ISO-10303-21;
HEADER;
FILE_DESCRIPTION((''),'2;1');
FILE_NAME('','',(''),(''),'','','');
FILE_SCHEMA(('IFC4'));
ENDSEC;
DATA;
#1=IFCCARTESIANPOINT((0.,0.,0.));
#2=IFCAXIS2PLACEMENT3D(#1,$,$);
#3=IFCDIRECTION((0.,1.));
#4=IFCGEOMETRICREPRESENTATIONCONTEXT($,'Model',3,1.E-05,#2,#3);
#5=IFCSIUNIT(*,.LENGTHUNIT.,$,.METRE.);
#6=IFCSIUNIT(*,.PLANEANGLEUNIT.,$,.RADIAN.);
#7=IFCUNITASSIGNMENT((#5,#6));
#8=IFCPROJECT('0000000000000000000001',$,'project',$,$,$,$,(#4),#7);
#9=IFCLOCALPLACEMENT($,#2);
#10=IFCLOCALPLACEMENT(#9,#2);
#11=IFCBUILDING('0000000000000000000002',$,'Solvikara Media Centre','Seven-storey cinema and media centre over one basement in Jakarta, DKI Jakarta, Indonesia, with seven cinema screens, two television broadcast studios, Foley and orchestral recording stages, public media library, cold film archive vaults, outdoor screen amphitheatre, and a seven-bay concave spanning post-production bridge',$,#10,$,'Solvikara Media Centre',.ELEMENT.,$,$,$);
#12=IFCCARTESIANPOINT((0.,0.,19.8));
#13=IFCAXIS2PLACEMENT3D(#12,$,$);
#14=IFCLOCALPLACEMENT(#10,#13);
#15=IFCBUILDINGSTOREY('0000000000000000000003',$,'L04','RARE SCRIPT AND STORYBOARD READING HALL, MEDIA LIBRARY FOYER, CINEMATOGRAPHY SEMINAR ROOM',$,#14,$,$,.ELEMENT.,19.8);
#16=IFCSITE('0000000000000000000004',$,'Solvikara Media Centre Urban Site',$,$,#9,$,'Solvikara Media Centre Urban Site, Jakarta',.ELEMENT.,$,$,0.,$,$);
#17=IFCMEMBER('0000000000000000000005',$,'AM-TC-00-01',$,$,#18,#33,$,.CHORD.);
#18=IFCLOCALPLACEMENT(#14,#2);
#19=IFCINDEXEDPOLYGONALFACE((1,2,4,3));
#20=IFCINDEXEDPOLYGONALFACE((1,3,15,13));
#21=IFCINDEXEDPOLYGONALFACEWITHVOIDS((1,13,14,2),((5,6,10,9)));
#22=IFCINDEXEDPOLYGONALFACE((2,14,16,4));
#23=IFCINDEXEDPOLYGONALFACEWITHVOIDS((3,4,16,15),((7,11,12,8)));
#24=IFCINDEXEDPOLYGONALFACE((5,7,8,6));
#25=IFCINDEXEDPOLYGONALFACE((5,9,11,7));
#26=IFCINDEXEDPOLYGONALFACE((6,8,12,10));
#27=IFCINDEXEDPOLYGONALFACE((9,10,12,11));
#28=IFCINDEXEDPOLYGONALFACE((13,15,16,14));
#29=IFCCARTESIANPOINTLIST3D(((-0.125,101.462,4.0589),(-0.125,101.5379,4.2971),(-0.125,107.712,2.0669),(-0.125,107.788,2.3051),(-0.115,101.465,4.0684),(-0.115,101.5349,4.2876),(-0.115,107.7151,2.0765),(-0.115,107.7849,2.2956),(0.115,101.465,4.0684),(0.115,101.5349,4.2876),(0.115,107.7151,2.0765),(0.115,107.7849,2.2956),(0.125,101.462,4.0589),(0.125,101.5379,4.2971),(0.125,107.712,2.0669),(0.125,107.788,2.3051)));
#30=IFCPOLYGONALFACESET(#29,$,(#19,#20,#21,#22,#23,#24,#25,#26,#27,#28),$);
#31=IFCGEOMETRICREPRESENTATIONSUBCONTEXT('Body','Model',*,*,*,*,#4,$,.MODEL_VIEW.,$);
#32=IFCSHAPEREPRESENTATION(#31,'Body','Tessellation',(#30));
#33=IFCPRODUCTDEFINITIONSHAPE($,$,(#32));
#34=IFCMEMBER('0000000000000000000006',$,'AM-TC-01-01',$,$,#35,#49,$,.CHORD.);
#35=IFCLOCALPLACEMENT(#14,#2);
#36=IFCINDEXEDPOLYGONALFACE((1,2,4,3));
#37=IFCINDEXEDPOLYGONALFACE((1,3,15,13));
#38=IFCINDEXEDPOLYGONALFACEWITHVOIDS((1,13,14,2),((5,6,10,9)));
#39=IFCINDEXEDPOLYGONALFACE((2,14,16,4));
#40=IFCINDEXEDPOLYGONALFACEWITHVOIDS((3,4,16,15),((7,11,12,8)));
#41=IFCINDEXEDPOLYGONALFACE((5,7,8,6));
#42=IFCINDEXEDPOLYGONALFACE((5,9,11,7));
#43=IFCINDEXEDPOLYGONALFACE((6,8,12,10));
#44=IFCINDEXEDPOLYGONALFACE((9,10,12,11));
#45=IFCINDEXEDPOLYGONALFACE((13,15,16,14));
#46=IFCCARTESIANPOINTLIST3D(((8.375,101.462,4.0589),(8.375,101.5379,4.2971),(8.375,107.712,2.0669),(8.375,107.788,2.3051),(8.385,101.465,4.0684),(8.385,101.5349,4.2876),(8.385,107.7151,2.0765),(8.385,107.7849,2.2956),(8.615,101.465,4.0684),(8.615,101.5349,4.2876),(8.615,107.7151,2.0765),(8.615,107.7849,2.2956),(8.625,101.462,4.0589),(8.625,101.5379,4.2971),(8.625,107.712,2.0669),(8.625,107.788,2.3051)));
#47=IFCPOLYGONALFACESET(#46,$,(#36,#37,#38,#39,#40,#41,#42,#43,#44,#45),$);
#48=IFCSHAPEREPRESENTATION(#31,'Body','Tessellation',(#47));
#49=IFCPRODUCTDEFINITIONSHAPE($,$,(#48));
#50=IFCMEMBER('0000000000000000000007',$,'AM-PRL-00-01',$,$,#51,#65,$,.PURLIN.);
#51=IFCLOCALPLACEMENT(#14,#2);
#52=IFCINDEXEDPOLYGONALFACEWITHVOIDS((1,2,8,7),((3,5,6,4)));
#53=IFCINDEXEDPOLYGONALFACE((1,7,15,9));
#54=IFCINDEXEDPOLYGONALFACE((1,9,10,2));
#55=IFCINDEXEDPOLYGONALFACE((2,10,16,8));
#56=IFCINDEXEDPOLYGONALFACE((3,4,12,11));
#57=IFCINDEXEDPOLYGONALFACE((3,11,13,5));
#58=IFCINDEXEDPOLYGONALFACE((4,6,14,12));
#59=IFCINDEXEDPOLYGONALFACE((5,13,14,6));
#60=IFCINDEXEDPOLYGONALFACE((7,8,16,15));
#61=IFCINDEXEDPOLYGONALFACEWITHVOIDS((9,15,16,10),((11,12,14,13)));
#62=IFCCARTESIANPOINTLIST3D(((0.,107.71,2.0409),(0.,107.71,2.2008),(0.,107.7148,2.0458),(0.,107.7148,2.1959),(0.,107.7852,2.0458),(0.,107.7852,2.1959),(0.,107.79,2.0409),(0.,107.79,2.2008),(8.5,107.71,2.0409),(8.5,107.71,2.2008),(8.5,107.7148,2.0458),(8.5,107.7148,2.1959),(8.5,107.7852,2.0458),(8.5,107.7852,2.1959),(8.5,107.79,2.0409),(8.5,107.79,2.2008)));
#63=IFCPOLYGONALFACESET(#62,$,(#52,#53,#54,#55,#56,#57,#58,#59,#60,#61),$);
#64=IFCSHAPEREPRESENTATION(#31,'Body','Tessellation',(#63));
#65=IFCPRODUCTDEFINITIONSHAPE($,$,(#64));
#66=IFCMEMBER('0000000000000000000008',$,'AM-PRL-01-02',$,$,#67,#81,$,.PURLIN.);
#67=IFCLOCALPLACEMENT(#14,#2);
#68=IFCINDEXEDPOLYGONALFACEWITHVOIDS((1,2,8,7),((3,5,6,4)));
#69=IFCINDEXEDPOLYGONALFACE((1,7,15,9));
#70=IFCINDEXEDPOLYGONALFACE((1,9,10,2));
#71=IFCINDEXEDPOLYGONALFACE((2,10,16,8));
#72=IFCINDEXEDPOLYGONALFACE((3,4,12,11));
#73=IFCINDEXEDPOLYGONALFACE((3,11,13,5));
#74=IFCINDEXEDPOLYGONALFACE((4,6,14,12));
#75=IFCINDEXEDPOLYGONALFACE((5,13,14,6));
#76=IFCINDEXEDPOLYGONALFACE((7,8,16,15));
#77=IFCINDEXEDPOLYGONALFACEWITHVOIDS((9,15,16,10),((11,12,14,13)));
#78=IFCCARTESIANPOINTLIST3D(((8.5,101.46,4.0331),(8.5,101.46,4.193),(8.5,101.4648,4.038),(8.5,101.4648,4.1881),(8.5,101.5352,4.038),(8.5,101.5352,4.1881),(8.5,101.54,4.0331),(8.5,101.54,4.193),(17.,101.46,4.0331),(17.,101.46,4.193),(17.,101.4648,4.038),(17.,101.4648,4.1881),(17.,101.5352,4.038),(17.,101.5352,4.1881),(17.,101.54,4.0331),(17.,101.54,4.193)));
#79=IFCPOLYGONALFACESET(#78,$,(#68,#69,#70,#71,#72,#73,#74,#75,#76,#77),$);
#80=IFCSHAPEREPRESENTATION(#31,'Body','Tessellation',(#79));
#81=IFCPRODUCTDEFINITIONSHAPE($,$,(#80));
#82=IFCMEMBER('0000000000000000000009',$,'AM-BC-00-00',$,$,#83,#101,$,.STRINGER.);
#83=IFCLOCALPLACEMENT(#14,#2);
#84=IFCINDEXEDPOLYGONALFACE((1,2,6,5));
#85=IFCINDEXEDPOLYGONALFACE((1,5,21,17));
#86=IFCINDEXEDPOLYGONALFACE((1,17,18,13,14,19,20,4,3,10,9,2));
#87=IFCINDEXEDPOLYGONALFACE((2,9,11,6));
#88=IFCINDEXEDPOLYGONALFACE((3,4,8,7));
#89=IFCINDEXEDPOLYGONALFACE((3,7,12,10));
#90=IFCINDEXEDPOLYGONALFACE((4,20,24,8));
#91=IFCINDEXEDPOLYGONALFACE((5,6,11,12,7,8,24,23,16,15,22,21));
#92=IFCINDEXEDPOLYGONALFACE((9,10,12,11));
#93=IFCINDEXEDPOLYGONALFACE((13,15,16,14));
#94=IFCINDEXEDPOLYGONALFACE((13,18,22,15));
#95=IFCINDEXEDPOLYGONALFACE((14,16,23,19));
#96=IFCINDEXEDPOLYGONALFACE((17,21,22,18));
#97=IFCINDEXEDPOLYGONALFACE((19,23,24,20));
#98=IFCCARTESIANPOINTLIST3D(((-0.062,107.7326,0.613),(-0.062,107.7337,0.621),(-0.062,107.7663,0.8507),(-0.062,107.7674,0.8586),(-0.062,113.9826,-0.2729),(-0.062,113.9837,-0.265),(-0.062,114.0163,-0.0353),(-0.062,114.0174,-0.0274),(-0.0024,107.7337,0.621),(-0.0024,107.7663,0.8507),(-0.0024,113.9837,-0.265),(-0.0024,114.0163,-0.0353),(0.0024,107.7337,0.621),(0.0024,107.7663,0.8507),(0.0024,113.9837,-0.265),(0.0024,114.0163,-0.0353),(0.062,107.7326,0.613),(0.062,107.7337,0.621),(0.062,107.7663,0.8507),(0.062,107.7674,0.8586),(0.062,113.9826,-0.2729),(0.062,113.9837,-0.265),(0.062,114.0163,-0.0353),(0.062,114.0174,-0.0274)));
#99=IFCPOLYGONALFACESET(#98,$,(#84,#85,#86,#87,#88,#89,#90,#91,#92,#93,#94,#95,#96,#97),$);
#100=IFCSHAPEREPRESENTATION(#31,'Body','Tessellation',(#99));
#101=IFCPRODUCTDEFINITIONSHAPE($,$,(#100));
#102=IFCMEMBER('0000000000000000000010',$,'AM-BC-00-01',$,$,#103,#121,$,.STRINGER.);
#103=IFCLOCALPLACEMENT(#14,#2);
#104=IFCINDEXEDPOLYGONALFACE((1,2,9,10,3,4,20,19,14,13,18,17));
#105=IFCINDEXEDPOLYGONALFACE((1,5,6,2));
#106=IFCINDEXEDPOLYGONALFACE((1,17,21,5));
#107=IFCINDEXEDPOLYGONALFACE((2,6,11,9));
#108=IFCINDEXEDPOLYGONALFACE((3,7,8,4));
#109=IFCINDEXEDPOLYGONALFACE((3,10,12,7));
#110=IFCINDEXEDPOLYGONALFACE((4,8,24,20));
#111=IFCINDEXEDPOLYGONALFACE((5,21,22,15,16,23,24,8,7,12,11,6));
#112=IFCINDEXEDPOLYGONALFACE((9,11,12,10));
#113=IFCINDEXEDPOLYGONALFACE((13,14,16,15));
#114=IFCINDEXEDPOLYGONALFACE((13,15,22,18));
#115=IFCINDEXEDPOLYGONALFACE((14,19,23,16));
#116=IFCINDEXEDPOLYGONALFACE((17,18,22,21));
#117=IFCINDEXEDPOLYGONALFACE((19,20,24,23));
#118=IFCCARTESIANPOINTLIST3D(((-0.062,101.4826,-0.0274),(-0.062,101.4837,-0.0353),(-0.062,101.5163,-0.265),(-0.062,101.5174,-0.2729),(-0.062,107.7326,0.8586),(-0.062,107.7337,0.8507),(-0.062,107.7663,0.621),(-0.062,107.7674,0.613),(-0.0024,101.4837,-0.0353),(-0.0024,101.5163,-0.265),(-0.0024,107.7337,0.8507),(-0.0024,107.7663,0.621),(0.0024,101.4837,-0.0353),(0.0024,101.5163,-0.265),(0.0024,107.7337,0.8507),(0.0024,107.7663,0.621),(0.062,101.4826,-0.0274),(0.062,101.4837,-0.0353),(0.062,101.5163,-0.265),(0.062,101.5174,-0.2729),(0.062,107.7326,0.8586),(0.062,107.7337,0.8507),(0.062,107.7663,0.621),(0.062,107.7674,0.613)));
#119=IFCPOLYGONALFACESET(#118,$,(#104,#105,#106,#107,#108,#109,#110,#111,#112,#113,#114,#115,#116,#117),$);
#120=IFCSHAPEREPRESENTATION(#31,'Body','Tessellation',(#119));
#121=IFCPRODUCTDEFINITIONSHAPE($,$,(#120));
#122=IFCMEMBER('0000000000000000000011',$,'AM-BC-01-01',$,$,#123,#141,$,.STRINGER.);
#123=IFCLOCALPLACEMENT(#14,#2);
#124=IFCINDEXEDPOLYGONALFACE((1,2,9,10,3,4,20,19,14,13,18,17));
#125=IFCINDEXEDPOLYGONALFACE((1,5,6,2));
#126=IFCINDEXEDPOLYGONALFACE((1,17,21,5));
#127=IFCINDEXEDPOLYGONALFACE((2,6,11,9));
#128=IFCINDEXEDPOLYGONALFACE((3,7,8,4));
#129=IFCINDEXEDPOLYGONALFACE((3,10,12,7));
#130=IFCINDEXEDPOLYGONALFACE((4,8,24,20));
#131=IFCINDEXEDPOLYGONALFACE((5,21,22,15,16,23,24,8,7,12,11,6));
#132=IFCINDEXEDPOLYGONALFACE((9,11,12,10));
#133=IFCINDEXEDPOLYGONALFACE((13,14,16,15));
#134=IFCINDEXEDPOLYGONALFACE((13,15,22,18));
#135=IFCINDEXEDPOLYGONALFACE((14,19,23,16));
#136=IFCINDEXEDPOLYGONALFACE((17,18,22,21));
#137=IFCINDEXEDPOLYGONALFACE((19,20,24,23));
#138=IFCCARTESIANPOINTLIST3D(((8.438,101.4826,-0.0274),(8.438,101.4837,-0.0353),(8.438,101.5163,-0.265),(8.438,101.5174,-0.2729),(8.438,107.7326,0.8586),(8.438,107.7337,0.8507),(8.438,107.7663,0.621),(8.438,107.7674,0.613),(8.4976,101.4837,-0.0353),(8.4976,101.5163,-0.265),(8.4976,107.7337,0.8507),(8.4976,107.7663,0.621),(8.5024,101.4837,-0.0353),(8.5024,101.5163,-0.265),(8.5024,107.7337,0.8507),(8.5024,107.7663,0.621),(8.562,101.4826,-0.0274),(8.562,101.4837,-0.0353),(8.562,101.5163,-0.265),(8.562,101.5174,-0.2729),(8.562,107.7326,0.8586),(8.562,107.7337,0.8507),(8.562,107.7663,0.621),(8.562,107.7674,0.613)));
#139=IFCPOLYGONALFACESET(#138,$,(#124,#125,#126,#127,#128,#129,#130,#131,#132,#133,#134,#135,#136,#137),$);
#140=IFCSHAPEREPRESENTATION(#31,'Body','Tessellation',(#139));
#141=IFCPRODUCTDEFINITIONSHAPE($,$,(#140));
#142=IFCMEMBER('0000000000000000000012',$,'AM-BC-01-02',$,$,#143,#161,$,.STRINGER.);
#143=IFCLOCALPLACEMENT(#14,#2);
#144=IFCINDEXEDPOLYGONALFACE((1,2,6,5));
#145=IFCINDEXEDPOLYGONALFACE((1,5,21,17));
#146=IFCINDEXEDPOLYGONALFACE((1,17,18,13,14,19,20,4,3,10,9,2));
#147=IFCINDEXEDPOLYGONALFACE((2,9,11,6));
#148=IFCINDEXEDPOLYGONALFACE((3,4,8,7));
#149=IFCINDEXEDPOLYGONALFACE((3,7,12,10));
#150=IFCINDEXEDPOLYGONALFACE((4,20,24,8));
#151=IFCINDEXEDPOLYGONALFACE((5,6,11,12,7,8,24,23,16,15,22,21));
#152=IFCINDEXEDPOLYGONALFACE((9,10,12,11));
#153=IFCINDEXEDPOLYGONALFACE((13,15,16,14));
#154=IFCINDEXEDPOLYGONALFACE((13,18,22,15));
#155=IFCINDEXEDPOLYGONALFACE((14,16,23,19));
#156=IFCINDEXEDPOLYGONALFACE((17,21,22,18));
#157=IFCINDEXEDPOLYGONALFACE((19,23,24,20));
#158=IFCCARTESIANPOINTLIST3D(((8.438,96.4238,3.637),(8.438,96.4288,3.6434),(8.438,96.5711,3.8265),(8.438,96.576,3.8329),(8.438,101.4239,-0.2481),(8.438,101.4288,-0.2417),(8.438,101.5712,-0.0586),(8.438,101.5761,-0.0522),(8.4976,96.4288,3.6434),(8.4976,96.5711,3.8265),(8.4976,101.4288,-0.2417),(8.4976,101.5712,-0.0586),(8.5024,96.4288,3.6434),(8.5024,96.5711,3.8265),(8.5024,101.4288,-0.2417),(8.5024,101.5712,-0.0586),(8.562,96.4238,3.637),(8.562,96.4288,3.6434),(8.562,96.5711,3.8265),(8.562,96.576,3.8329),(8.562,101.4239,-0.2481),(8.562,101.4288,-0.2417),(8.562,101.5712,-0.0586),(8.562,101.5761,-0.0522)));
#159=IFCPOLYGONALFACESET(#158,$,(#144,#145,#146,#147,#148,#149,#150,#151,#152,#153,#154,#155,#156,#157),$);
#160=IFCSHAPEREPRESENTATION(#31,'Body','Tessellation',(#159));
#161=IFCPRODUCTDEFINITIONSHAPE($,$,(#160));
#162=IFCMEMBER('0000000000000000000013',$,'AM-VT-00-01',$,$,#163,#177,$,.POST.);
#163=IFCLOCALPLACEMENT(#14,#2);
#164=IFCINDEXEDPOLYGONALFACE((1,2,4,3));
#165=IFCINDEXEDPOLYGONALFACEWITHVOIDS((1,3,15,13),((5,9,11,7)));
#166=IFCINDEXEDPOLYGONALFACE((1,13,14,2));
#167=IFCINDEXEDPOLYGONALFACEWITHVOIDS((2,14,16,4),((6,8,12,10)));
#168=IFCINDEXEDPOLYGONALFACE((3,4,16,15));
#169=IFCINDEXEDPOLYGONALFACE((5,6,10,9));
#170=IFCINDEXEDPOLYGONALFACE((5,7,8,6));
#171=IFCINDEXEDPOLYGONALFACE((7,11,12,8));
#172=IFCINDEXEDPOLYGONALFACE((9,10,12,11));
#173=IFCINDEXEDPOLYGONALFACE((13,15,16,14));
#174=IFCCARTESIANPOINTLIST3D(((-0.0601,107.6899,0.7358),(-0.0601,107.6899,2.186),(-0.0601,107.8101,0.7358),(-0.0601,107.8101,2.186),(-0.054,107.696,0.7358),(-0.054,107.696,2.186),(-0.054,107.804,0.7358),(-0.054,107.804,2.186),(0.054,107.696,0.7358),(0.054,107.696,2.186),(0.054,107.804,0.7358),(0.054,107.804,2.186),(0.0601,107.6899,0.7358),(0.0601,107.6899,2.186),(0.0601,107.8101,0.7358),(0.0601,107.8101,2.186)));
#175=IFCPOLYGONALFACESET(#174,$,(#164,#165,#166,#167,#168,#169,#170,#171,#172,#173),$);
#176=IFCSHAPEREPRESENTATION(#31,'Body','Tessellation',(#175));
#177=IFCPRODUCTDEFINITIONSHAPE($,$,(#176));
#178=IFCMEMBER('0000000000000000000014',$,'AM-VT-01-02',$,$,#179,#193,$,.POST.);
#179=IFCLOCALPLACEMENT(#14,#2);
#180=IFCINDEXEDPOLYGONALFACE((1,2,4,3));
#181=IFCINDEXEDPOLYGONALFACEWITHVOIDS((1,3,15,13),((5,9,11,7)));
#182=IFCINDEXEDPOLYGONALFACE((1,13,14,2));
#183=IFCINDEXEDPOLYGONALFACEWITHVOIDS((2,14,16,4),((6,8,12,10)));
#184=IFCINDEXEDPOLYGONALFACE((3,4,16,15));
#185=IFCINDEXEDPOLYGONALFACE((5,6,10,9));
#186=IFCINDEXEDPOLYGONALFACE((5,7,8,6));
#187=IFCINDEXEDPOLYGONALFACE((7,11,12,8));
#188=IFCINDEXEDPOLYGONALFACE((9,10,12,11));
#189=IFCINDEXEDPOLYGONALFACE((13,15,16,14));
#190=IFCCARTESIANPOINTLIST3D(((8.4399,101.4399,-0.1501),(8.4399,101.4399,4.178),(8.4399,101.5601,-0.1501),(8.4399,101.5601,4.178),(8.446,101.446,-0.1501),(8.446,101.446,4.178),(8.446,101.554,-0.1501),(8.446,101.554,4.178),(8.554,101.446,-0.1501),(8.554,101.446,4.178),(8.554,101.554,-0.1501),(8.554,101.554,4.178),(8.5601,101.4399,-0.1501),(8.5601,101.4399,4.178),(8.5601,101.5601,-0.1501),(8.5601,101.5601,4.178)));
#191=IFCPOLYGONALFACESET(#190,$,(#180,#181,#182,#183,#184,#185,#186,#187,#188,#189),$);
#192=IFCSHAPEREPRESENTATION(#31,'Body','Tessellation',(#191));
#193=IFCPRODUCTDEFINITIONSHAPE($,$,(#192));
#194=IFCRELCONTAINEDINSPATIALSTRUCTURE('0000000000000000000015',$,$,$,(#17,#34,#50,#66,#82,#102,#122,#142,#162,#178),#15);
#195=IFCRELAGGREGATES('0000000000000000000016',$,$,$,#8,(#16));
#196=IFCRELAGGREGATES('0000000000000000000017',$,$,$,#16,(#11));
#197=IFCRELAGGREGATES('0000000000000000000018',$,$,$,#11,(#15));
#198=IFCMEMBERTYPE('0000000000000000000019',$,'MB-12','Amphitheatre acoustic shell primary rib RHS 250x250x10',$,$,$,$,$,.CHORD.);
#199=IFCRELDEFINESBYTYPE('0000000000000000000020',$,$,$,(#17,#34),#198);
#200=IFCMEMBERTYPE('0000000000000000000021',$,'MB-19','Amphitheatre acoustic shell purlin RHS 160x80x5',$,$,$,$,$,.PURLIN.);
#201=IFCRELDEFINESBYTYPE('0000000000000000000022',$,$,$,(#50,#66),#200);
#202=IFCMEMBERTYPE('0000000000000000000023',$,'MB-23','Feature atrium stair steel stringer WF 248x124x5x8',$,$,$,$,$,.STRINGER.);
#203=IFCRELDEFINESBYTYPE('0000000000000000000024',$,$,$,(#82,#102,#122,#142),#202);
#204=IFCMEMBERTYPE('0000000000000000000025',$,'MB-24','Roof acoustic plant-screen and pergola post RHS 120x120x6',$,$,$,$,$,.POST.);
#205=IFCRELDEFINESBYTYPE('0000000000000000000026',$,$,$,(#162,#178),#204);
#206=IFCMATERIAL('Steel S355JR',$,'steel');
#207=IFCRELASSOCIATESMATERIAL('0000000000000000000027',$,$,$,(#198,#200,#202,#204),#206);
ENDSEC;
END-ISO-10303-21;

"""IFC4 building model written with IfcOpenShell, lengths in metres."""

from ifc_helpers import new_model, si_unit, direction, frame, origin, origin_2d, place, context, subcontext, project, spatial, hollow_rectangle, i_section, extrude, material, material_profile, profile_set, type_object, element, save


model = new_model("IFC4")

# Units and contexts
model_context = context("Model", 3, precision=1e-05, world=origin(), true_north=direction((0.0, 1.0)))
body_context = subcontext(model_context, "Body", "Model", "MODEL_VIEW")
ifc_project = project(units=[si_unit("LENGTHUNIT", "METRE"), si_unit("PLANEANGLEUNIT", "RADIAN")], contexts=[model_context])

# Site, building, storey
site_placement = place(None, origin())
site = spatial("IfcSite", under=ifc_project, at=site_placement, Name="Solvikara Media Centre Urban Site", LongName="Solvikara Media Centre Urban Site, Jakarta", CompositionType="ELEMENT", RefElevation=0.0)
building_placement = place(site_placement, origin())
building = spatial("IfcBuilding", under=site, at=building_placement, Name="Solvikara Media Centre", Description="Seven-storey cinema and media centre over one basement in Jakarta, DKI Jakarta, Indonesia, with seven cinema screens, two television broadcast studios, Foley and orchestral recording stages, public media library, cold film archive vaults, outdoor screen amphitheatre, and a seven-bay concave spanning post-production bridge", LongName="Solvikara Media Centre", CompositionType="ELEMENT")
storey_placement = place(building_placement, frame((0.0, 0.0, 19.8)))
storey = spatial("IfcBuildingStorey", under=building, at=storey_placement, Name="L04", Description="RARE SCRIPT AND STORYBOARD READING HALL, MEDIA LIBRARY FOYER, CINEMATOGRAPHY SEMINAR ROOM", CompositionType="ELEMENT", Elevation=19.8)

# Shared definitions
ifc_material_1 = material(Name="Steel S355JR", Category="steel")

# Members
ifc_material_profile_1 = material_profile(ifc_material_1, hollow_rectangle(XDim=0.25, YDim=0.25, WallThickness=0.01, at=origin_2d()), Name="RHS 250x250x10")
ifc_profile_set_1 = profile_set([ifc_material_profile_1], Name="Steel S355JR")
member_type_1 = type_object("IfcMemberType", Name="MB-12", Description="Amphitheatre acoustic shell primary rib RHS 250x250x10", PredefinedType="CHORD", material=ifc_profile_set_1)
for number, where, z_axis, x_axis, name in (
    (1, (0.0, 107.75, 2.186), (0.0, -0.95278, 0.303661), (1.0, 0.0, 0.0), "AM-TC-00-01"),
    (2, (8.5, 107.75, 2.186), (0.0, -0.95278, 0.303661), (1.0, 0.0, 0.0), "AM-TC-01-01"),
):
    element("IfcMember", number, at=place(storey_placement, frame(where, z_axis=z_axis, x_axis=x_axis)), inside=storey, type_object=member_type_1, Name=name, PredefinedType="CHORD", context=body_context, shape_type="SweptSolid", body=[
        extrude(hollow_rectangle(XDim=0.25, YDim=0.25, WallThickness=0.01, at=origin_2d()), origin(), (0.0, 0.0, 1.0), 6.5598),
    ])
ifc_material_profile_2 = material_profile(ifc_material_1, hollow_rectangle(XDim=0.0801, YDim=0.1599, WallThickness=0.0049, at=origin_2d()), Name="RHS 160x80x5")
ifc_profile_set_2 = profile_set([ifc_material_profile_2], Name="Steel S355JR")
member_type_2 = type_object("IfcMemberType", Name="MB-19", Description="Amphitheatre acoustic shell purlin RHS 160x80x5", PredefinedType="PURLIN", material=ifc_profile_set_2)
for number, where, z_axis, x_axis, name in (
    (3, (0.0, 107.75, 2.1208), (1.0, 0.0, 0.0), (0.0, 1.0, 0.0), "AM-PRL-00-01"),
    (4, (8.5, 101.5, 4.113), (1.0, 0.0, 0.0), (0.0, 1.0, 0.0), "AM-PRL-01-02"),
):
    element("IfcMember", number, at=place(storey_placement, frame(where, z_axis=z_axis, x_axis=x_axis)), inside=storey, type_object=member_type_2, Name=name, PredefinedType="PURLIN", context=body_context, shape_type="SweptSolid", body=[
        extrude(hollow_rectangle(XDim=0.0801, YDim=0.1599, WallThickness=0.0049, at=origin_2d()), origin(), (0.0, 0.0, 1.0), 8.5),
    ])
ifc_material_profile_3 = material_profile(ifc_material_1, i_section(OverallWidth=0.124, OverallDepth=0.248, WebThickness=0.0049, FlangeThickness=0.0081, at=origin_2d()), Name="WF 248x124x5x8")
ifc_profile_set_3 = profile_set([ifc_material_profile_3], Name="Steel S355JR")
member_type_3 = type_object("IfcMemberType", Name="MB-23", Description="Feature atrium stair steel stringer WF 248x124x5x8", PredefinedType="STRINGER", material=ifc_profile_set_3)
for number, where, z_axis, x_axis, name in (
    (5, (0.0, 114.0, -0.1501), (0.0, -0.990101, 0.140355), (1.0, 0.0, 0.0), "AM-BC-00-00"),
    (6, (0.0, 107.75, 0.7358), (0.0, -0.990101, -0.140355), (1.0, 0.0, 0.0), "AM-BC-00-01"),
    (7, (8.5, 107.75, 0.7358), (0.0, -0.990101, -0.140355), (1.0, 0.0, 0.0), "AM-BC-01-01"),
):
    element("IfcMember", number, at=place(storey_placement, frame(where, z_axis=z_axis, x_axis=x_axis)), inside=storey, type_object=member_type_3, Name=name, PredefinedType="STRINGER", context=body_context, shape_type="SweptSolid", body=[
        extrude(i_section(OverallWidth=0.124, OverallDepth=0.248, WebThickness=0.0049, FlangeThickness=0.0081, at=origin_2d()), origin(), (0.0, 0.0, 1.0), 6.3125),
    ])
member_1_placement = place(storey_placement, frame((8.5, 101.5, -0.1501), z_axis=(0.0, -0.789649, 0.613559), x_axis=(1.0, 0.0, 0.0)))
element("IfcMember", 8, at=member_1_placement, inside=storey, type_object=member_type_3, Name="AM-BC-01-02", PredefinedType="STRINGER", context=body_context, shape_type="SweptSolid", body=[
    extrude(i_section(OverallWidth=0.124, OverallDepth=0.248, WebThickness=0.0049, FlangeThickness=0.0081, at=origin_2d()), origin(), (0.0, 0.0, 1.0), 6.332),
])
ifc_material_profile_4 = material_profile(ifc_material_1, hollow_rectangle(XDim=0.1201, YDim=0.1201, WallThickness=0.0061, at=origin_2d()), Name="RHS 120x120x6")
ifc_profile_set_4 = profile_set([ifc_material_profile_4], Name="Steel S355JR")
member_type_4 = type_object("IfcMemberType", Name="MB-24", Description="Roof acoustic plant-screen and pergola post RHS 120x120x6", PredefinedType="POST", material=ifc_profile_set_4)
member_2_placement = place(storey_placement, frame((0.0, 107.75, 0.7358), z_axis=(0.0, 0.0, 1.0), x_axis=(1.0, 0.0, 0.0)))
element("IfcMember", 9, at=member_2_placement, inside=storey, type_object=member_type_4, Name="AM-VT-00-01", PredefinedType="POST", context=body_context, shape_type="SweptSolid", body=[
    extrude(hollow_rectangle(XDim=0.1201, YDim=0.1201, WallThickness=0.0061, at=origin_2d()), origin(), (0.0, 0.0, 1.0), 1.4502),
])
member_3_placement = place(storey_placement, frame((8.5, 101.5, -0.1501), z_axis=(0.0, 0.0, 1.0), x_axis=(1.0, 0.0, 0.0)))
element("IfcMember", 10, at=member_3_placement, inside=storey, type_object=member_type_4, Name="AM-VT-01-02", PredefinedType="POST", context=body_context, shape_type="SweptSolid", body=[
    extrude(hollow_rectangle(XDim=0.1201, YDim=0.1201, WallThickness=0.0061, at=origin_2d()), origin(), (0.0, 0.0, 1.0), 4.3281),
])

save(model, "model.ifc")
